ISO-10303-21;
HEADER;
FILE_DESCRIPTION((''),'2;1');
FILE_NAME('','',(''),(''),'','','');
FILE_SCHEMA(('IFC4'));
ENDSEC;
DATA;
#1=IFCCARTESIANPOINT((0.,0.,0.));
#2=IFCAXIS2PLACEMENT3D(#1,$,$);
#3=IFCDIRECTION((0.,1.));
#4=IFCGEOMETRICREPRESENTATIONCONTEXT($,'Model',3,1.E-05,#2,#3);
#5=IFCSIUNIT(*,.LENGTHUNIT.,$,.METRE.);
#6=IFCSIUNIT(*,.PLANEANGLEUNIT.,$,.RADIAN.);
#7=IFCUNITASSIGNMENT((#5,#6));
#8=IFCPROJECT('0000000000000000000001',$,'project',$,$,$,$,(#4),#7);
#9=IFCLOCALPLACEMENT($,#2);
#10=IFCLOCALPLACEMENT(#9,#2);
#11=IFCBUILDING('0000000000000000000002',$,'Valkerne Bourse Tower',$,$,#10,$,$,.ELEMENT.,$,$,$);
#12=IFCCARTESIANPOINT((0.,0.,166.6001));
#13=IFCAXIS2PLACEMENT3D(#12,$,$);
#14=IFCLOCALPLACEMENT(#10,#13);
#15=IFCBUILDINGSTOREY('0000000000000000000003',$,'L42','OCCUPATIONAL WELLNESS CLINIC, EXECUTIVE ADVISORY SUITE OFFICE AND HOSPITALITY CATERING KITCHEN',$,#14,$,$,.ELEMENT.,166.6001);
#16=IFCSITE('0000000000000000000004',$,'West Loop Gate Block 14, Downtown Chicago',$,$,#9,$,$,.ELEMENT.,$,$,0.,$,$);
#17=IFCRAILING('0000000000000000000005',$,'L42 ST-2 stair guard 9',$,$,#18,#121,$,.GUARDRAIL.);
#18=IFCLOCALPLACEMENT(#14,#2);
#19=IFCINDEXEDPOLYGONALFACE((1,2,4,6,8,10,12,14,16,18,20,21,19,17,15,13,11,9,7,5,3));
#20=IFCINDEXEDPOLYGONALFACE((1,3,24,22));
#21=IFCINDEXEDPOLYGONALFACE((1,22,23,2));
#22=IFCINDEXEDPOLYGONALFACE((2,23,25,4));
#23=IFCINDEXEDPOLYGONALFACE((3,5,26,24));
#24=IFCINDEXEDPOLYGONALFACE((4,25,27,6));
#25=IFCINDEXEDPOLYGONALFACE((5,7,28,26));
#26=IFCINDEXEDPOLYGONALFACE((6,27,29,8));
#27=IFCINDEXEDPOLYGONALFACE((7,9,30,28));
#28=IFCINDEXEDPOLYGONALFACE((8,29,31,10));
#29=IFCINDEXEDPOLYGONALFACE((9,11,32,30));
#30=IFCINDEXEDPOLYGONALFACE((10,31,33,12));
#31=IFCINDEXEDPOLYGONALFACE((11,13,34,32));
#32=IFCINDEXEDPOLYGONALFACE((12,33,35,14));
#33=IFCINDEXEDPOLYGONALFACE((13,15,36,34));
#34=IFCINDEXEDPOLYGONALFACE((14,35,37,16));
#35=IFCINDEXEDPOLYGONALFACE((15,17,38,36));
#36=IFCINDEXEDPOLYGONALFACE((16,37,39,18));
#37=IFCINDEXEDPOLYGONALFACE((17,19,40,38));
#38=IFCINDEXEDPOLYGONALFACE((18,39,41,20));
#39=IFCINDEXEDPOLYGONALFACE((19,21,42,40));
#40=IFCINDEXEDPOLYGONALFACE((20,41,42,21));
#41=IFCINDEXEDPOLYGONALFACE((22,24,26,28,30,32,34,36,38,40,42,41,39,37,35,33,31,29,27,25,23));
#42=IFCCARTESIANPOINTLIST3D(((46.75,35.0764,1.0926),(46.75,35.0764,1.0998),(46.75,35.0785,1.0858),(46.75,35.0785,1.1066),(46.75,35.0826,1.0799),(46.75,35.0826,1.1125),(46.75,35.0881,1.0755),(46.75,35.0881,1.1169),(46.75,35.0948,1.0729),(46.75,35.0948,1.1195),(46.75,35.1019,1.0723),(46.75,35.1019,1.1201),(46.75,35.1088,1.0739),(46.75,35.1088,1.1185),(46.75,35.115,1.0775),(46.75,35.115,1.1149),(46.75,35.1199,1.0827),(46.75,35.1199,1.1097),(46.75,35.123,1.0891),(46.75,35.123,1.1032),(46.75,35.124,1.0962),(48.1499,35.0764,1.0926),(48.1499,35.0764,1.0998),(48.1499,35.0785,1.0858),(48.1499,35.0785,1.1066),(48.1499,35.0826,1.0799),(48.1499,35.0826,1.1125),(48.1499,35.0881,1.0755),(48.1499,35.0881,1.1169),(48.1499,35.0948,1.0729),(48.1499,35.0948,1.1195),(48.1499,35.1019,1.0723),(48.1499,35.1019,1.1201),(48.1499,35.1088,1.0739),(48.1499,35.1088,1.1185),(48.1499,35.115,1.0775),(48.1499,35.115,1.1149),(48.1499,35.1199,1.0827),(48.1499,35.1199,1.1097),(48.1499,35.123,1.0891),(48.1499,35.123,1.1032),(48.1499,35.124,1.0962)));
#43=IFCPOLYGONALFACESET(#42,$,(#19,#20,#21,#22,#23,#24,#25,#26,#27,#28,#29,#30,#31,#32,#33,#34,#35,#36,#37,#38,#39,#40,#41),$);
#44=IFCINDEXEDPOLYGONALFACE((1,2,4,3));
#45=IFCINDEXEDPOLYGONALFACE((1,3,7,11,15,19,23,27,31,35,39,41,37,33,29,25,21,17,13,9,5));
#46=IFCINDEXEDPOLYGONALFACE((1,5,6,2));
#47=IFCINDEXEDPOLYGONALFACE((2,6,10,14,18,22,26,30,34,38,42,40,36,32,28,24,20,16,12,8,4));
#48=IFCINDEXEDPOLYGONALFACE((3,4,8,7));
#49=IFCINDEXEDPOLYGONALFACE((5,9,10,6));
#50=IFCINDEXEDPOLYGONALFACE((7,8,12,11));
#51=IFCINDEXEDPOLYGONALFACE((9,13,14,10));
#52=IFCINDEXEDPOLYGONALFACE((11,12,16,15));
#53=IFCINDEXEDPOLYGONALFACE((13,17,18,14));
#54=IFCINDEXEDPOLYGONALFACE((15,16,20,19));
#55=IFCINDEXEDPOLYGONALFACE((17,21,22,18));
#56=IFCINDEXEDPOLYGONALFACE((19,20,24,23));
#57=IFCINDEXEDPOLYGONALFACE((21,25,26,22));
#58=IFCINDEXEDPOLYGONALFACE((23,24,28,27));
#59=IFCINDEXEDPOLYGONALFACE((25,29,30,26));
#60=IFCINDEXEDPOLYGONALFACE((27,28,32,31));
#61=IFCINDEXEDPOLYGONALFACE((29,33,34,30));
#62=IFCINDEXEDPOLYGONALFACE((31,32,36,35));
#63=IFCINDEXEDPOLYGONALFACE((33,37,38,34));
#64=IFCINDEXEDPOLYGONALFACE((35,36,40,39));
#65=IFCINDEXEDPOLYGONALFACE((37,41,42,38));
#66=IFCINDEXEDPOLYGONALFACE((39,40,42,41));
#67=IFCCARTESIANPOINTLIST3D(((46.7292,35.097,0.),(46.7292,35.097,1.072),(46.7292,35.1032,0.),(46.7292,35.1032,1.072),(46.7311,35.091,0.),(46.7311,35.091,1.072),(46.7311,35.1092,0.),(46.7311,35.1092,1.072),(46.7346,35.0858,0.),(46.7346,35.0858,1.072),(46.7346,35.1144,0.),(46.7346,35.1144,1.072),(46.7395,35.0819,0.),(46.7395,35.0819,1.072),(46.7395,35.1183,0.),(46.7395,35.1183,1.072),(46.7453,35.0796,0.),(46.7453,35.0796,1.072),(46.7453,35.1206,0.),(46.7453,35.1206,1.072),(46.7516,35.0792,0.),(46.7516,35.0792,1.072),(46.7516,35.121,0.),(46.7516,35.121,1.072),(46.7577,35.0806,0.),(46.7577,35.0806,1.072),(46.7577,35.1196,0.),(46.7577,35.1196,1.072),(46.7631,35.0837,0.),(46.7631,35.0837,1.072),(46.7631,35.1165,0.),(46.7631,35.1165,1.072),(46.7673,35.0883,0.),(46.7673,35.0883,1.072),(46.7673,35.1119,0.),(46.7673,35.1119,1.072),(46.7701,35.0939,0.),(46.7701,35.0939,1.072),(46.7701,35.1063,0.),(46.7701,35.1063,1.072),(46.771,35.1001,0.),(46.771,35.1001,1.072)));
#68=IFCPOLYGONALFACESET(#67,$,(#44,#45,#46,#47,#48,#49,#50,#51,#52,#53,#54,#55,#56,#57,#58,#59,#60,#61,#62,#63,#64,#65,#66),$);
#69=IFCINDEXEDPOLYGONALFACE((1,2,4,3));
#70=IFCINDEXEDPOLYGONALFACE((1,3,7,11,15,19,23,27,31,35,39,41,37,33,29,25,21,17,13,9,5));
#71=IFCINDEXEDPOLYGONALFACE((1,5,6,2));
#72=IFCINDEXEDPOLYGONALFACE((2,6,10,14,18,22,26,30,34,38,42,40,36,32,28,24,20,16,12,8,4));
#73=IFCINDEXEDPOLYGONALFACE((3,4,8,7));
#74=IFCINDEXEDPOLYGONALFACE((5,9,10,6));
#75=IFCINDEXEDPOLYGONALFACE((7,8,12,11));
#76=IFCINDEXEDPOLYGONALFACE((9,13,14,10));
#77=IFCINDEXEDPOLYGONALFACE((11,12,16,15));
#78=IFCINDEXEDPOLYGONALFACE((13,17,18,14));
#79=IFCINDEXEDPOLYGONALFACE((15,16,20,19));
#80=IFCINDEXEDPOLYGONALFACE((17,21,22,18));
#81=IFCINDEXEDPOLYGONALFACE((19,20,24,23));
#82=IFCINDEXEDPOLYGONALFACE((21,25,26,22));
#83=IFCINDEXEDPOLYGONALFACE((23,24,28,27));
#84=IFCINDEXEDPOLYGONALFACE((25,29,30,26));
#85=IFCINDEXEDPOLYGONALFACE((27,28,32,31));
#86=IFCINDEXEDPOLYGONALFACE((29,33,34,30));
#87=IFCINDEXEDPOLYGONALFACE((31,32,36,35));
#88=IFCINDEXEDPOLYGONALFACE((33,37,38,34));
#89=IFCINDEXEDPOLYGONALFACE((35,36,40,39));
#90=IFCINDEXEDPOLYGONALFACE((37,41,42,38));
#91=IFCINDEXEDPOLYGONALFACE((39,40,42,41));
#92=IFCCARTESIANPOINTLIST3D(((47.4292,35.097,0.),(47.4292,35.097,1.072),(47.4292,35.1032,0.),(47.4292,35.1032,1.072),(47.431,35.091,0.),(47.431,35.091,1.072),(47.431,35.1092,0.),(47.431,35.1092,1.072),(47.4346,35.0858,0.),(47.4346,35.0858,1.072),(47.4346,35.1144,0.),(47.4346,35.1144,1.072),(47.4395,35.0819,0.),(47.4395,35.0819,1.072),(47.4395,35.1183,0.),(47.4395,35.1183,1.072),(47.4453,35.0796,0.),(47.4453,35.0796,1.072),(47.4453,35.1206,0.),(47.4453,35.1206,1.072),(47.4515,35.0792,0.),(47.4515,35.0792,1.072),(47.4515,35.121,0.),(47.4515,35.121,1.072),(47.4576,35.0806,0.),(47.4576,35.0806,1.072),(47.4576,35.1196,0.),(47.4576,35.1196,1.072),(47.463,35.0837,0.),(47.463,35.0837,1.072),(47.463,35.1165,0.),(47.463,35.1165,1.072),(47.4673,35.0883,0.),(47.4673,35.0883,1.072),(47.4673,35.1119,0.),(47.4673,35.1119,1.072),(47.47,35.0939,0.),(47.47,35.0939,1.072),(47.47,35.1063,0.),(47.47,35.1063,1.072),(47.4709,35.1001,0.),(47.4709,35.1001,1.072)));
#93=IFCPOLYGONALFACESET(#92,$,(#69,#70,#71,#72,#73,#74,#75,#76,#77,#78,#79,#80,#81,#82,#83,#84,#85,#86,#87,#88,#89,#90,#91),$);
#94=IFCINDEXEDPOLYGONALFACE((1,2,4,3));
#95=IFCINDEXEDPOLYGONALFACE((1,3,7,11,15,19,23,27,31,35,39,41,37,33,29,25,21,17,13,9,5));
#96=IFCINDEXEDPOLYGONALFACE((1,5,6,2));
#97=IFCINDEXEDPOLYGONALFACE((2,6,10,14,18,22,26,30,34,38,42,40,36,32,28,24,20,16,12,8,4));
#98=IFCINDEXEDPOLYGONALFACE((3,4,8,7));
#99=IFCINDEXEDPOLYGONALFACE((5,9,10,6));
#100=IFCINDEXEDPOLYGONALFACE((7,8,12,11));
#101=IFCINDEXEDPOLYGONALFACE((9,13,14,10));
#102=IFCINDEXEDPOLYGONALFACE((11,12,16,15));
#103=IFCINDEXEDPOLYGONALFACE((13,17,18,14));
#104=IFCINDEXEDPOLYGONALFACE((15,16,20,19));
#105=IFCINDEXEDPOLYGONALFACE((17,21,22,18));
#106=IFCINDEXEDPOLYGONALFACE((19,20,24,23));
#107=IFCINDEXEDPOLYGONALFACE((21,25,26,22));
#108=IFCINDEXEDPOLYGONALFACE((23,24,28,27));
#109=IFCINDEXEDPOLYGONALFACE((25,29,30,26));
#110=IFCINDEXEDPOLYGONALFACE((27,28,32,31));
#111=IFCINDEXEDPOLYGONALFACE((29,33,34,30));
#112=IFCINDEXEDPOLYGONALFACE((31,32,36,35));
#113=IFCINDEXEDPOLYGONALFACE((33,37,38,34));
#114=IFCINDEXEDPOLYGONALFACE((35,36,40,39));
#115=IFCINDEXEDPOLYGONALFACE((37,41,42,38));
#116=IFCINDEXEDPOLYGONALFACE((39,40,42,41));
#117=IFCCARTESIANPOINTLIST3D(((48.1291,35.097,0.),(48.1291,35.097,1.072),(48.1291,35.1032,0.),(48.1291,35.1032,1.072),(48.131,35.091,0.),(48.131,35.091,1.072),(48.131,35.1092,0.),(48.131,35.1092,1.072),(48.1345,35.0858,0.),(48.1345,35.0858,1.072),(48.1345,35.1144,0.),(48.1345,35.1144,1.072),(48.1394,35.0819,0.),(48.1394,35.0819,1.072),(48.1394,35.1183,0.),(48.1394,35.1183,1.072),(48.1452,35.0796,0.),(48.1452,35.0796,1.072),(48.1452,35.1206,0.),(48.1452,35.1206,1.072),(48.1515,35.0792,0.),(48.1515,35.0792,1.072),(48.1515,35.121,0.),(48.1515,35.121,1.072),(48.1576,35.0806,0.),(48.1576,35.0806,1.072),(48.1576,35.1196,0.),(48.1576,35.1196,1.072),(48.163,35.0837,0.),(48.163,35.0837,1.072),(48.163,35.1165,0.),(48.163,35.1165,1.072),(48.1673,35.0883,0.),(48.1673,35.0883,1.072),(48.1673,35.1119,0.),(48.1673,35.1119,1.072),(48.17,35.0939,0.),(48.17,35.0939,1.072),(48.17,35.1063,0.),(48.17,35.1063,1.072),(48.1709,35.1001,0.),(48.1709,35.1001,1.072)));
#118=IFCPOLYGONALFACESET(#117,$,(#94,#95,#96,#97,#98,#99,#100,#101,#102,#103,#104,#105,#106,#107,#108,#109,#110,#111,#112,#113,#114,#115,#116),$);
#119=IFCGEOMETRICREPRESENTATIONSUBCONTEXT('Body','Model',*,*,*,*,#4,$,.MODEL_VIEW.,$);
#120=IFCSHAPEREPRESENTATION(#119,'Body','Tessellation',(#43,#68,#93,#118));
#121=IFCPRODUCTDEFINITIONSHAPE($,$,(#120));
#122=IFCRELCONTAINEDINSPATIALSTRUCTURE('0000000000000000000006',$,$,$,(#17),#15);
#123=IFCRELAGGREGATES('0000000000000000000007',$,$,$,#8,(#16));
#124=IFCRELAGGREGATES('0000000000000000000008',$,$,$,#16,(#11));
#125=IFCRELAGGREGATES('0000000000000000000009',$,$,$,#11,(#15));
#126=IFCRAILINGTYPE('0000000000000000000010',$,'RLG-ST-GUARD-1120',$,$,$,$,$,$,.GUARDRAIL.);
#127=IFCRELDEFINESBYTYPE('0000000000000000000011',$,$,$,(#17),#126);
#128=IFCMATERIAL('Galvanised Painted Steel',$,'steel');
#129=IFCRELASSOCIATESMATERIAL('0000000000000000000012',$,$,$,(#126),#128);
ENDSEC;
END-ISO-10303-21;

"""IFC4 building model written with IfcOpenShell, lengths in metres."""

from ifc_helpers import new_model, si_unit, direction, frame, origin, origin_2d, place, context, subcontext, project, spatial, circle, extrude, material, type_object, element, save


model = new_model("IFC4")

# Units and contexts
model_context = context("Model", 3, precision=1e-05, world=origin(), true_north=direction((0.0, 1.0)))
body_context = subcontext(model_context, "Body", "Model", "MODEL_VIEW")
ifc_project = project(units=[si_unit("LENGTHUNIT", "METRE"), si_unit("PLANEANGLEUNIT", "RADIAN")], contexts=[model_context])

# Site, building, storey
site_placement = place(None, origin())
site = spatial("IfcSite", under=ifc_project, at=site_placement, Name="West Loop Gate Block 14, Downtown Chicago", CompositionType="ELEMENT", RefElevation=0.0)
building_placement = place(site_placement, origin())
building = spatial("IfcBuilding", under=site, at=building_placement, Name="Valkerne Bourse Tower", CompositionType="ELEMENT")
storey_placement = place(building_placement, frame((0.0, 0.0, 166.6001)))
storey = spatial("IfcBuildingStorey", under=building, at=storey_placement, Name="L42", Description="OCCUPATIONAL WELLNESS CLINIC, EXECUTIVE ADVISORY SUITE OFFICE AND HOSPITALITY CATERING KITCHEN", CompositionType="ELEMENT", Elevation=166.6001)

# Shared definitions
ifc_material_1 = material(Name="Galvanised Painted Steel", Category="steel")

# Railing
railing_type_1 = type_object("IfcRailingType", Name="RLG-ST-GUARD-1120", PredefinedType="GUARDRAIL", material=ifc_material_1)
for number, where, name in (
    (1, (46.75, 35.1001, 0.0), "L42 ST-2 stair guard 9"),
):
    element("IfcRailing", number, at=place(storey_placement, frame(where)), inside=storey, type_object=railing_type_1, Name=name, PredefinedType="GUARDRAIL", context=body_context, shape_type="SweptSolid", body=[
        extrude(circle(Radius=0.0239, at=origin_2d()), frame((0.0, 0.0, 1.0962), z_axis=(1.0, 0.0, 0.0), x_axis=(0.0, 1.0, 0.0)), (0.0, 0.0, 1.0), 1.3999),
        extrude(circle(Radius=0.021, at=origin_2d()), origin(), (0.0, 0.0, 1.0), 1.072),
        extrude(circle(Radius=0.021, at=origin_2d()), frame((0.7, 0.0, 0.0)), (0.0, 0.0, 1.0), 1.072),
        extrude(circle(Radius=0.021, at=origin_2d()), frame((1.3999, 0.0, 0.0)), (0.0, 0.0, 1.0), 1.072),
    ])

save(model, "model.ifc")
